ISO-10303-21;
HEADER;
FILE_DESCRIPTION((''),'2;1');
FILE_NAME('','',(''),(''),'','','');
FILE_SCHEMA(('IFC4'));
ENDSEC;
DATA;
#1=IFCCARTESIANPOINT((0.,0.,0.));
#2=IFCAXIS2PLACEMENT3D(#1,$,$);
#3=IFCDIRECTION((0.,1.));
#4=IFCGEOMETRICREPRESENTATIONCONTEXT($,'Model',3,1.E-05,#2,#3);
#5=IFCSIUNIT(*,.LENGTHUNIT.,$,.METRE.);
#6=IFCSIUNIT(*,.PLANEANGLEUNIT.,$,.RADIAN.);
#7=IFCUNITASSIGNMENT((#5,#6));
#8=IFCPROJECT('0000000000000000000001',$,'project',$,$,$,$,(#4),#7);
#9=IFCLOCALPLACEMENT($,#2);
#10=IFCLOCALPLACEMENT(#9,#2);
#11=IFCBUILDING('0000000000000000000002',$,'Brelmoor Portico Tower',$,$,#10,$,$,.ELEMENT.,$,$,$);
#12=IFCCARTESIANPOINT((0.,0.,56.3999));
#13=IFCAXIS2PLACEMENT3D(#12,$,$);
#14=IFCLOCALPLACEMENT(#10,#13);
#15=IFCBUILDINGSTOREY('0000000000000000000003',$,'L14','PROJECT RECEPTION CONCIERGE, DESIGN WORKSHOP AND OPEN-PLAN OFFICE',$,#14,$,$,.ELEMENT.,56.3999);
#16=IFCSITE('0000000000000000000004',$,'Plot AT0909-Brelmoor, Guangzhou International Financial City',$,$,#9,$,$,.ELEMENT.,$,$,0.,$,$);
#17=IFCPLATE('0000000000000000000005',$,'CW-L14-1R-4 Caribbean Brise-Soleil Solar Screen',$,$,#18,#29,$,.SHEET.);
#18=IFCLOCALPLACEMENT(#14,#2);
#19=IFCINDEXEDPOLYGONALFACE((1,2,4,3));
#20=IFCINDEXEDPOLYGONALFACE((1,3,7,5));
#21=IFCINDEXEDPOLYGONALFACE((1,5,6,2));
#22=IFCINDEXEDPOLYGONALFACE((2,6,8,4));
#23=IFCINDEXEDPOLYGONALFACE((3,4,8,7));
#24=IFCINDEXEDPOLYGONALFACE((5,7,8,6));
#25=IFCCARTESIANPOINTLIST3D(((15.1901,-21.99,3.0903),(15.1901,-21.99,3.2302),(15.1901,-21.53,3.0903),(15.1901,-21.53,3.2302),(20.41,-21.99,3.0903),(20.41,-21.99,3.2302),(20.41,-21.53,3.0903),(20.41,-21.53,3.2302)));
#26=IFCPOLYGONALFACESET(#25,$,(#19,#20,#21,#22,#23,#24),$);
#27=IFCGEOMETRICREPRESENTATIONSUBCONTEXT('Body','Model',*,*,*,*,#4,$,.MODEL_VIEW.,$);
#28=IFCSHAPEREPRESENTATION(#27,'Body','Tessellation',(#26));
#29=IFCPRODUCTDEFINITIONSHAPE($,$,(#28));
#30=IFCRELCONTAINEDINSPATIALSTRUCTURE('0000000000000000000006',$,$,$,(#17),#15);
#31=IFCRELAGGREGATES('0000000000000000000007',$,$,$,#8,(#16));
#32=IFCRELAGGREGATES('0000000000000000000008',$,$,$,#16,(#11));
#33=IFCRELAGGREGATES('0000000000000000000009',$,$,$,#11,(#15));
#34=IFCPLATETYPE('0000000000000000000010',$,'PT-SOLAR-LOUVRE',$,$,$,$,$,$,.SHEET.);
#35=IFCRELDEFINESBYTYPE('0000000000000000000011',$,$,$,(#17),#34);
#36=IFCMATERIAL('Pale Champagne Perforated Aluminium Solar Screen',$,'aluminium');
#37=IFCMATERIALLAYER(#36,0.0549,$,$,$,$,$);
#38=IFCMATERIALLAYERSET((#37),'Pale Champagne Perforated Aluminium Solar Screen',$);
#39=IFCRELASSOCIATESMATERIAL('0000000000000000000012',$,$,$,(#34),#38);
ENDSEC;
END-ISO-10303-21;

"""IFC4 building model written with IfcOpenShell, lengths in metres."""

from ifc_helpers import new_model, si_unit, direction, frame, origin, origin_2d, place, context, subcontext, project, spatial, rectangle, extrude, material, layer, layer_set, type_object, element, save


model = new_model("IFC4")

# Units and contexts
model_context = context("Model", 3, precision=1e-05, world=origin(), true_north=direction((0.0, 1.0)))
body_context = subcontext(model_context, "Body", "Model", "MODEL_VIEW")
ifc_project = project(units=[si_unit("LENGTHUNIT", "METRE"), si_unit("PLANEANGLEUNIT", "RADIAN")], contexts=[model_context])

# Site, building, storey
site_placement = place(None, origin())
site = spatial("IfcSite", under=ifc_project, at=site_placement, Name="Plot AT0909-Brelmoor, Guangzhou International Financial City", CompositionType="ELEMENT", RefElevation=0.0)
building_placement = place(site_placement, origin())
building = spatial("IfcBuilding", under=site, at=building_placement, Name="Brelmoor Portico Tower", CompositionType="ELEMENT")
storey_placement = place(building_placement, frame((0.0, 0.0, 56.3999)))
storey = spatial("IfcBuildingStorey", under=building, at=storey_placement, Name="L14", Description="PROJECT RECEPTION CONCIERGE, DESIGN WORKSHOP AND OPEN-PLAN OFFICE", CompositionType="ELEMENT", Elevation=56.3999)

# Plate
ifc_material_1 = material(Name="Pale Champagne Perforated Aluminium Solar Screen", Category="aluminium")
ifc_layer_1 = layer(ifc_material_1, 0.0549)
ifc_layer_set_1 = layer_set([ifc_layer_1], Name="Pale Champagne Perforated Aluminium Solar Screen")
plate_type_1 = type_object("IfcPlateType", Name="PT-SOLAR-LOUVRE", PredefinedType="SHEET", material=ifc_layer_set_1)
plate_1_placement = place(storey_placement, frame((17.8, -21.76, 3.0903), z_axis=(0.0, 0.0, 1.0), x_axis=(1.0, 0.0, 0.0)))
element("IfcPlate", 1, at=plate_1_placement, inside=storey, type_object=plate_type_1, Name="CW-L14-1R-4 Caribbean Brise-Soleil Solar Screen", PredefinedType="SHEET", context=body_context, shape_type="SweptSolid", body=[
    extrude(rectangle(XDim=5.22, YDim=0.46, at=origin_2d()), origin(), (0.0, 0.0, 1.0), 0.1399),
])

save(model, "model.ifc")
